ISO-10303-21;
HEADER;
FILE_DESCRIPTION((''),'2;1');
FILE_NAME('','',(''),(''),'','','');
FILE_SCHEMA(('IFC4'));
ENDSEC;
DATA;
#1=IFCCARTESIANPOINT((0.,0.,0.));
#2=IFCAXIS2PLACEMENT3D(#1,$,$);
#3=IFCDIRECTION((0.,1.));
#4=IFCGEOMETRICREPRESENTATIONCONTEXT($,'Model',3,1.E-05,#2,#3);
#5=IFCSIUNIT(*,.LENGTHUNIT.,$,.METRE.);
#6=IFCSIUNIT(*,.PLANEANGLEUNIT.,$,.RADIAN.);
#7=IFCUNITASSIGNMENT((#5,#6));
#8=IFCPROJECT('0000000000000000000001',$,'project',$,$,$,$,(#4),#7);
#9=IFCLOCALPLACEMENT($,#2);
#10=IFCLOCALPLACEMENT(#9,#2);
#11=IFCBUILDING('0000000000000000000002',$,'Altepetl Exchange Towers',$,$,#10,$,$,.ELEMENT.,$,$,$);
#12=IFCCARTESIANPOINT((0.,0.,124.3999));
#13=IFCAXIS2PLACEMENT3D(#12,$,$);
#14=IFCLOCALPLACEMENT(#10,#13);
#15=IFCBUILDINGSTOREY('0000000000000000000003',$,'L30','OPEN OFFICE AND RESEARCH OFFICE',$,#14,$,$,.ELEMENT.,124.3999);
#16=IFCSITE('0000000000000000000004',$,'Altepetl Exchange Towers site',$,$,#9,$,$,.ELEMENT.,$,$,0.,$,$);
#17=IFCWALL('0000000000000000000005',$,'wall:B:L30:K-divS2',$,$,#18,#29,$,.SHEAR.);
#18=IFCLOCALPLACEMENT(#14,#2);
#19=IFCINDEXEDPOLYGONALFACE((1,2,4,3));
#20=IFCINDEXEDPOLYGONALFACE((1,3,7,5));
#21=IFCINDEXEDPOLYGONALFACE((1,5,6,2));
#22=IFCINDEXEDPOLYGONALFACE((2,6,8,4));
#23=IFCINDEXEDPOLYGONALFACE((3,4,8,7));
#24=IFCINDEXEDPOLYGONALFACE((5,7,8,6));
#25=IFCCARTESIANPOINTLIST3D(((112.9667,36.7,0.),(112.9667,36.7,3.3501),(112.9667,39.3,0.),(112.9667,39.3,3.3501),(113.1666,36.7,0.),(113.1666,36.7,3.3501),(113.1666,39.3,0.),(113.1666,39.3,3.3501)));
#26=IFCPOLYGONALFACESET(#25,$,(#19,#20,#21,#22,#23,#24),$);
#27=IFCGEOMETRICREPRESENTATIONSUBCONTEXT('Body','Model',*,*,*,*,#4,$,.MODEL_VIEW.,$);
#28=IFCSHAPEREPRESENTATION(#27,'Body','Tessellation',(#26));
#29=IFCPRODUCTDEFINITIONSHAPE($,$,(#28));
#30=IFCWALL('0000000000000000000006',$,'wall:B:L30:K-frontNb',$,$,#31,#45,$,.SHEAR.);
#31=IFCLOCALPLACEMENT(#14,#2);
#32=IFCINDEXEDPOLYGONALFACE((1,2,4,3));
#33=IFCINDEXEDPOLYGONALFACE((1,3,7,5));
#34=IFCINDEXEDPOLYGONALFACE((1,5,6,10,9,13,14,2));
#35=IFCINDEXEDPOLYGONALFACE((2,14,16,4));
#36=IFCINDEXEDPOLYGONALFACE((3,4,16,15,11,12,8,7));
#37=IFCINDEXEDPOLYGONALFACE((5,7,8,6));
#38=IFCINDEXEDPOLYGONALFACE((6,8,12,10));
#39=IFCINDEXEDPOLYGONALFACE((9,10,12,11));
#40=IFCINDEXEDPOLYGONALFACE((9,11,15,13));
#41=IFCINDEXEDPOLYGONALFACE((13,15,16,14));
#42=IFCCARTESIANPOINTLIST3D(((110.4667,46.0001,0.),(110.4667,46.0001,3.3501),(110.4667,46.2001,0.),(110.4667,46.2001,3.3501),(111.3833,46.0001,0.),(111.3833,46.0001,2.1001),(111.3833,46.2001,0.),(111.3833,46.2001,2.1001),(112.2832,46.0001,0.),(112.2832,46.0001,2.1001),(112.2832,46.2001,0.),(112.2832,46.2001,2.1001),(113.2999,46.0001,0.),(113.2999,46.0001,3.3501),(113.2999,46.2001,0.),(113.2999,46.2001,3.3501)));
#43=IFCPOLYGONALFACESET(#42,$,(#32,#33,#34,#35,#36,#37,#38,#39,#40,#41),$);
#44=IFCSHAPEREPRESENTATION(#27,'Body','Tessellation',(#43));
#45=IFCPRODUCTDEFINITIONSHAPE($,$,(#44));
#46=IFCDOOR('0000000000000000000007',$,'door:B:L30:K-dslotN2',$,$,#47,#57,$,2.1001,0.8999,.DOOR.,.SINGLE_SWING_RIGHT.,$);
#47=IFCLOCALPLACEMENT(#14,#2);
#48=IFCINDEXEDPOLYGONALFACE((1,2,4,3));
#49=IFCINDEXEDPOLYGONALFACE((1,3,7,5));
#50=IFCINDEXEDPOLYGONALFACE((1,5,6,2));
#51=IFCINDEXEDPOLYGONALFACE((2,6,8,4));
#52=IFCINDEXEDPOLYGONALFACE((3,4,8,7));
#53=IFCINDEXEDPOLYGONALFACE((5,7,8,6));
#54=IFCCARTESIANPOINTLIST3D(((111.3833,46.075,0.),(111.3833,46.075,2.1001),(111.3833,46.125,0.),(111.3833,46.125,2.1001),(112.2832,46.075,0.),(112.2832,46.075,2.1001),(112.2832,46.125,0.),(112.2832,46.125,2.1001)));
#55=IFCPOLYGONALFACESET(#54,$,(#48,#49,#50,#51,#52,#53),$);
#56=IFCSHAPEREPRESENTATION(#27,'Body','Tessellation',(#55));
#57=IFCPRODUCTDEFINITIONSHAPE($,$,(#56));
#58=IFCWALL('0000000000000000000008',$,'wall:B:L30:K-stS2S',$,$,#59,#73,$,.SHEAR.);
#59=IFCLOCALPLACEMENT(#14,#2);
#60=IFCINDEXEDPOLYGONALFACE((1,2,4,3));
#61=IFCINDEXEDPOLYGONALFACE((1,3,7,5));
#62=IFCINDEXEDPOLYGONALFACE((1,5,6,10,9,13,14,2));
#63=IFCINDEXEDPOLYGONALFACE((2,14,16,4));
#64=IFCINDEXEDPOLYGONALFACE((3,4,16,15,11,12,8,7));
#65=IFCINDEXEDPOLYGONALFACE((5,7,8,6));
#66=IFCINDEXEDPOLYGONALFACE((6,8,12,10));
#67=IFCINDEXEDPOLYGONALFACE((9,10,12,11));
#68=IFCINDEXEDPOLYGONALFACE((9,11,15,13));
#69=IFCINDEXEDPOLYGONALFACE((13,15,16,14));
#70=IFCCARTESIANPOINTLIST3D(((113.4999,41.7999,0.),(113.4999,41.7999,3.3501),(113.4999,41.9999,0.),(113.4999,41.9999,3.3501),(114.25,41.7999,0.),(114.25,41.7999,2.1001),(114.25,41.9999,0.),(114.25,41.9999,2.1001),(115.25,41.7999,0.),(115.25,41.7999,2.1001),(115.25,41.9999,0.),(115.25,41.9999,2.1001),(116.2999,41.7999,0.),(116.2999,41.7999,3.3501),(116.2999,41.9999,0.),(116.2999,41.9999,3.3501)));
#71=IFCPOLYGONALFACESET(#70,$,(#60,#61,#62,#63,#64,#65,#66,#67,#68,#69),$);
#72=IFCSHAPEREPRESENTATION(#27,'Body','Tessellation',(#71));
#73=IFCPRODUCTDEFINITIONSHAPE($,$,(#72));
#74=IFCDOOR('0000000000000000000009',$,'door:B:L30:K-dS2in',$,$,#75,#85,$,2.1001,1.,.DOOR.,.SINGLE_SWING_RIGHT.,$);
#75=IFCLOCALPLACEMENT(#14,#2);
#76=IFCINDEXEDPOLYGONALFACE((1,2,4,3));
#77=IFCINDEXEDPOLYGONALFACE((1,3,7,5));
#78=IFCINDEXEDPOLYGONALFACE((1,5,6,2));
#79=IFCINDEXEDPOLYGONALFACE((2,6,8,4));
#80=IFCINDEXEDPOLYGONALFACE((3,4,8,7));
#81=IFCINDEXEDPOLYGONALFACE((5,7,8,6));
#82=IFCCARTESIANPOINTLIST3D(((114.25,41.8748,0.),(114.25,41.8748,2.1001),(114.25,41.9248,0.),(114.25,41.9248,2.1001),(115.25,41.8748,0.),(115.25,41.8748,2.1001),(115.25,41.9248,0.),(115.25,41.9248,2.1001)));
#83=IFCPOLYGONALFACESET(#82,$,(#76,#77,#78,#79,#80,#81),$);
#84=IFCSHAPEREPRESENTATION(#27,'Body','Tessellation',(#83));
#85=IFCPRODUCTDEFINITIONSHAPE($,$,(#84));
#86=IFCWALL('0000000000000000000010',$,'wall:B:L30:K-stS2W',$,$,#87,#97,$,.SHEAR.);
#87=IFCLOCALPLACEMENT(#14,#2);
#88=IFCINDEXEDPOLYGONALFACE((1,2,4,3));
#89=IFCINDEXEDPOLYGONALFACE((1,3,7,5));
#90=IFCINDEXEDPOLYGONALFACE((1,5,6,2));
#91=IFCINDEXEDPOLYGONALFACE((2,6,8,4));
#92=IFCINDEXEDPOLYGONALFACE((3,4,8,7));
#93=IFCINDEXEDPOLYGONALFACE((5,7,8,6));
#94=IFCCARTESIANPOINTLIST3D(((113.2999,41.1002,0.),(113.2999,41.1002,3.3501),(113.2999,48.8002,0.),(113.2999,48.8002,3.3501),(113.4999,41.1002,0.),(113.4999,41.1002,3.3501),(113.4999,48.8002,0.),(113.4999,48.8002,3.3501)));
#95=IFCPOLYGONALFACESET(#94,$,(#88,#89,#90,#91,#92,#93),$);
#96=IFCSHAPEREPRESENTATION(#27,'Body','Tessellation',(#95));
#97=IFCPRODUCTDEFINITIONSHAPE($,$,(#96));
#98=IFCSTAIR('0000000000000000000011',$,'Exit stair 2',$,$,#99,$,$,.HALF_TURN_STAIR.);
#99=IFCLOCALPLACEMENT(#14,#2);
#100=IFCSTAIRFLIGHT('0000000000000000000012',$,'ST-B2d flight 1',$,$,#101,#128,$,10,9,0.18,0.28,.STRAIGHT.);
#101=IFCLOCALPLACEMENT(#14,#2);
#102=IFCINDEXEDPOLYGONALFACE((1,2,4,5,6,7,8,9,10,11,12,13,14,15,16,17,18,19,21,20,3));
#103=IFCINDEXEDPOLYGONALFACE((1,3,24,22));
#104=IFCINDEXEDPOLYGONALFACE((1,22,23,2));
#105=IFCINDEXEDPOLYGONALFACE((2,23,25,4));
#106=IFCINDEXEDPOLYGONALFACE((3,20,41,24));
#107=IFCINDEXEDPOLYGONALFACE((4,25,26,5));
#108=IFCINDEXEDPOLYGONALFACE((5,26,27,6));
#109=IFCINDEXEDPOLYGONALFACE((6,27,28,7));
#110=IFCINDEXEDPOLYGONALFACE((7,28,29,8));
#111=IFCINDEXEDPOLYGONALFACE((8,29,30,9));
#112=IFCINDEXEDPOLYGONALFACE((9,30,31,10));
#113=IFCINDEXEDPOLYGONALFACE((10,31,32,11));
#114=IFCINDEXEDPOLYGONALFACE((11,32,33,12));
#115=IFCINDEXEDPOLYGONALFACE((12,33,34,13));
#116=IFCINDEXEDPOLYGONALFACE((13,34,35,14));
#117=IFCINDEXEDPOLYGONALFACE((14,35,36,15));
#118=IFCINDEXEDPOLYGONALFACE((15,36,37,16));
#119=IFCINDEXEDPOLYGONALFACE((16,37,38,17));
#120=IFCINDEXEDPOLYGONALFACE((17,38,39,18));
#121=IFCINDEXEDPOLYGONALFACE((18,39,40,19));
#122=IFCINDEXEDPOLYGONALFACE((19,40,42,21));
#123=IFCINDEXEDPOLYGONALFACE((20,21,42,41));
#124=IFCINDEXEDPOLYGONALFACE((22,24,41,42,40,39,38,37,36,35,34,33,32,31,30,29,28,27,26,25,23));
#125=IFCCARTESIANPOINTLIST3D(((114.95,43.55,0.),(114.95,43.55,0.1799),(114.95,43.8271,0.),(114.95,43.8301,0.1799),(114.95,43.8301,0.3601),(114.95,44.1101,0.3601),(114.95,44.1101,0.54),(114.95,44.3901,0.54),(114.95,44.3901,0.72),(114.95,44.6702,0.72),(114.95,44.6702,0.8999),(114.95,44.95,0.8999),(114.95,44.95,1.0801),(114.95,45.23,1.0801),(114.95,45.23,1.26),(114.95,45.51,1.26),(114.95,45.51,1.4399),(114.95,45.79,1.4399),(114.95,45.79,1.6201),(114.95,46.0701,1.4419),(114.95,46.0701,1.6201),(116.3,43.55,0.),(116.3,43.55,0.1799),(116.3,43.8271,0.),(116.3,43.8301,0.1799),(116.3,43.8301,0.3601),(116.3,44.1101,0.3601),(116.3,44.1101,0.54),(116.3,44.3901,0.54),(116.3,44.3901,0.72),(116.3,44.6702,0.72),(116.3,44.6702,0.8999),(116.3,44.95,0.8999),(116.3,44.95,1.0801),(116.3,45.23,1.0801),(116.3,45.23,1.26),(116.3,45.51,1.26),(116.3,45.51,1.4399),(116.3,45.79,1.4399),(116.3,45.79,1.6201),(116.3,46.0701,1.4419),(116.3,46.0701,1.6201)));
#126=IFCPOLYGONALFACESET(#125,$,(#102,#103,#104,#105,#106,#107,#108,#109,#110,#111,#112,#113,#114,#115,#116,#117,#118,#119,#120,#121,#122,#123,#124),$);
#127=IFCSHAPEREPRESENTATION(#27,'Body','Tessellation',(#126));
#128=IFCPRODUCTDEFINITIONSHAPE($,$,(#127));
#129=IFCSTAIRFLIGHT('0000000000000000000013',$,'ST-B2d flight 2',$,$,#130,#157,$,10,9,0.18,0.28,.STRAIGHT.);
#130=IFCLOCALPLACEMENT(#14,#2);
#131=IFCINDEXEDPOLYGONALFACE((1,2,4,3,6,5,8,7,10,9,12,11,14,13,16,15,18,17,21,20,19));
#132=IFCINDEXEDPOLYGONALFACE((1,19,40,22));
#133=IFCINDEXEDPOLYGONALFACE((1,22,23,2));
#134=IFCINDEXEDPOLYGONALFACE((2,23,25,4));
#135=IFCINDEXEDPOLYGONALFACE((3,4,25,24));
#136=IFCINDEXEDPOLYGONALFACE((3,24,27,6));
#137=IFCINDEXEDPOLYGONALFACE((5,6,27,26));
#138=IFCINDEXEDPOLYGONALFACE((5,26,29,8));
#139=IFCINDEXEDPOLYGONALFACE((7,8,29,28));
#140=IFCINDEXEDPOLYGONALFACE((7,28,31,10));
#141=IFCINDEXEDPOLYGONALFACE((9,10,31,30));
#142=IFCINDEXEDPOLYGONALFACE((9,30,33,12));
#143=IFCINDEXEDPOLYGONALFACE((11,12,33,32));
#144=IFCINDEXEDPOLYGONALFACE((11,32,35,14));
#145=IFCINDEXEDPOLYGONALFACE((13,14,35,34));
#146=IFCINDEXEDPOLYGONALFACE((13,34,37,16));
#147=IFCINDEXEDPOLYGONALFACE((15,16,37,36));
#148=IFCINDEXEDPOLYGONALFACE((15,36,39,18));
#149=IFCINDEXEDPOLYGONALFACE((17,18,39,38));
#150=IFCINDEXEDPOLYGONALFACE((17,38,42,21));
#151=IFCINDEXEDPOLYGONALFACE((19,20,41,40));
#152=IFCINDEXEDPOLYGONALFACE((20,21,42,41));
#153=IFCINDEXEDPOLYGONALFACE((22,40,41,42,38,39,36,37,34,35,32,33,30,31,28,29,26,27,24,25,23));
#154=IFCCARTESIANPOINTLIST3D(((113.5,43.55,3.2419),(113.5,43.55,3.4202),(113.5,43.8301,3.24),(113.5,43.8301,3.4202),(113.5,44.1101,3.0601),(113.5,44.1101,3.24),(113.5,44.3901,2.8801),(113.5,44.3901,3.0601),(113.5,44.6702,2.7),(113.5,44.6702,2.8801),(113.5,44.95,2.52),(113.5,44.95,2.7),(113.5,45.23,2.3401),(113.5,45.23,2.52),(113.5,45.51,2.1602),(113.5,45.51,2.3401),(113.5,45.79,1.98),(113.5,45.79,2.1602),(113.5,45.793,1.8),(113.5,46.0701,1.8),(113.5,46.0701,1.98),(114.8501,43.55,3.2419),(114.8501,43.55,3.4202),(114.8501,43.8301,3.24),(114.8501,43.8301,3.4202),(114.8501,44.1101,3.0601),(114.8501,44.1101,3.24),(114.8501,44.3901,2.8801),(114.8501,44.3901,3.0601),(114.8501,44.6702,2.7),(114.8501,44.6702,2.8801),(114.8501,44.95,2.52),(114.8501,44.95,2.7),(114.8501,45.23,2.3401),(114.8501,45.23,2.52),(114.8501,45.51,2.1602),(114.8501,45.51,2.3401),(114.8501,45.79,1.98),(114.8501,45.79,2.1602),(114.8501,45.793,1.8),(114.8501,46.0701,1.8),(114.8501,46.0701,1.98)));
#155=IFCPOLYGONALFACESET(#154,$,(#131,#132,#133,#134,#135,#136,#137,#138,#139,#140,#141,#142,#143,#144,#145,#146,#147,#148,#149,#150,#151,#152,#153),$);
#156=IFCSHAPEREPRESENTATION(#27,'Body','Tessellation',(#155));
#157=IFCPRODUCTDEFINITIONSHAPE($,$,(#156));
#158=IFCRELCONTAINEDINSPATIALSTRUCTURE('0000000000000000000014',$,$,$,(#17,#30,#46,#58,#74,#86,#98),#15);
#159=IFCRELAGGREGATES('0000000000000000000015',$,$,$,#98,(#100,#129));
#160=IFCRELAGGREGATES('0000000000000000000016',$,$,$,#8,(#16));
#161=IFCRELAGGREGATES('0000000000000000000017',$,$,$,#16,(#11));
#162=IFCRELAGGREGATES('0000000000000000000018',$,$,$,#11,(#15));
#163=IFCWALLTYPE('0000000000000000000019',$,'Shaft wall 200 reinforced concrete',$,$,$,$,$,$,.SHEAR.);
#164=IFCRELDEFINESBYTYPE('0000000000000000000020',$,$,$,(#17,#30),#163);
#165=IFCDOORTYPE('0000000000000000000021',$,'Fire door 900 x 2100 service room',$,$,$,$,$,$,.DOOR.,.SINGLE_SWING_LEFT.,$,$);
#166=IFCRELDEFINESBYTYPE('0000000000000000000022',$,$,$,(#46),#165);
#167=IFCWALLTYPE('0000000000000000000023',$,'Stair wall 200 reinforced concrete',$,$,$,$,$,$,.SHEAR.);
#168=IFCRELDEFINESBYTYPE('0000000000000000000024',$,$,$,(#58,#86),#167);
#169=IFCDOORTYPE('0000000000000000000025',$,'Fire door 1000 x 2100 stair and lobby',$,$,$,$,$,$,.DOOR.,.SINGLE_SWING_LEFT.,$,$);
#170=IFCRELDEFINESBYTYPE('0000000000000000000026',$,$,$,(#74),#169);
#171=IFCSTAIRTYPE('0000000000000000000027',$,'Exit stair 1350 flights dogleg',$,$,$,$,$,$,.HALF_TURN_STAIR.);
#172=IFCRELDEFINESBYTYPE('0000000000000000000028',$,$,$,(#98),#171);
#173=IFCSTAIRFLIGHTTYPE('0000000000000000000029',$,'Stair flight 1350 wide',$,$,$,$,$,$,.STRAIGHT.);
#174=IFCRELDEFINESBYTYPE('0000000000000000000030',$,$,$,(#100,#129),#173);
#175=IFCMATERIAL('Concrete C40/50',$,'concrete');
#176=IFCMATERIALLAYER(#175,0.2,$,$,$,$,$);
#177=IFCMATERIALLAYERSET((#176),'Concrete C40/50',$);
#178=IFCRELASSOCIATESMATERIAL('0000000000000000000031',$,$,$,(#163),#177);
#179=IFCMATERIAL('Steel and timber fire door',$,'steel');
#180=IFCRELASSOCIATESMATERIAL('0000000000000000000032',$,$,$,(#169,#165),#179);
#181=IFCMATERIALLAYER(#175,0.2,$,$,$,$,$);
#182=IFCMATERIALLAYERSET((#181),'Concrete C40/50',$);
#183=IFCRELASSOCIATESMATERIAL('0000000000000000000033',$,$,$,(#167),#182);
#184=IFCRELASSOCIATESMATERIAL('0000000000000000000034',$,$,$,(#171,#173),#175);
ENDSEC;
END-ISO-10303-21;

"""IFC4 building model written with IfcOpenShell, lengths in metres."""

from ifc_helpers import new_model, si_unit, direction, frame, frame_2d, origin, place, context, subcontext, project, spatial, polyline, rectangle, outline, extrude, material, layer, layer_set, type_object, element, fill, aggregate, save


model = new_model("IFC4")

# Units and contexts
model_context = context("Model", 3, precision=1e-05, world=origin(), true_north=direction((0.0, 1.0)))
body_context = subcontext(model_context, "Body", "Model", "MODEL_VIEW")
ifc_project = project(units=[si_unit("LENGTHUNIT", "METRE"), si_unit("PLANEANGLEUNIT", "RADIAN")], contexts=[model_context])

# Site, building, storey
site_placement = place(None, origin())
site = spatial("IfcSite", under=ifc_project, at=site_placement, Name="Altepetl Exchange Towers site", CompositionType="ELEMENT", RefElevation=0.0)
building_placement = place(site_placement, origin())
building = spatial("IfcBuilding", under=site, at=building_placement, Name="Altepetl Exchange Towers", CompositionType="ELEMENT")
storey_placement = place(building_placement, frame((0.0, 0.0, 124.3999)))
storey = spatial("IfcBuildingStorey", under=building, at=storey_placement, Name="L30", Description="OPEN OFFICE AND RESEARCH OFFICE", CompositionType="ELEMENT", Elevation=124.3999)

# Shared definitions
ifc_material_1 = material(Name="Concrete C40/50", Category="concrete")
ifc_layer_1 = layer(ifc_material_1, 0.2)
ifc_layer_set_1 = layer_set([ifc_layer_1], Name="Concrete C40/50")
wall_type_1 = type_object("IfcWallType", Name="Shaft wall 200 reinforced concrete", PredefinedType="SHEAR", material=ifc_layer_set_1)
ifc_material_2 = material(Name="Steel and timber fire door", Category="steel")
door_type_1 = type_object("IfcDoorType", Name="Fire door 1000 x 2100 stair and lobby", OperationType="SINGLE_SWING_LEFT", PredefinedType="DOOR", material=ifc_material_2)

# Wall
wall_1_placement = place(storey_placement, frame((113.0667, 36.7, 0.0), z_axis=(0.0, 0.0, 1.0), x_axis=(0.0, 1.0, 0.0)))
element("IfcWall", 1, at=wall_1_placement, inside=storey, type_object=wall_type_1, Name="wall:B:L30:K-divS2", PredefinedType="SHEAR", context=body_context, shape_type="SweptSolid", body=[
    extrude(rectangle(XDim=2.6001, YDim=0.2, at=frame_2d((1.3, 0.0))), origin(), (0.0, 0.0, 1.0), 3.3501),
])

# Walls, openings, doors
wall_2_placement = place(storey_placement, frame((110.4668, 46.1001, 0.0)))
wall_2 = element("IfcWall", 2, at=wall_2_placement, inside=storey, type_object=wall_type_1, Name="wall:B:L30:K-frontNb", PredefinedType="SHEAR", context=body_context, shape_type="SweptSolid", body=[
    extrude(rectangle(XDim=2.8333, YDim=0.2, at=frame_2d((1.4165, 0.0))), origin(), (0.0, 0.0, 1.0), 3.3501),
])
opening_1_placement = place(wall_2_placement, frame((0.9165, 0.0, 0.0)))
opening_1 = element("IfcOpeningElement", 3, at=opening_1_placement, cuts=wall_2, PredefinedType="OPENING", context=body_context, shape_type="SweptSolid", body=[
    extrude(rectangle(XDim=0.8999, YDim=2.1001, at=frame_2d((0.45, 1.05))), frame((0.0, 0.1099, 0.0), z_axis=(0.0, -1.0, 0.0), x_axis=(1.0, 0.0, 0.0)), (0.0, 0.0, 1.0), 0.22),
])
door_type_2 = type_object("IfcDoorType", Name="Fire door 900 x 2100 service room", OperationType="SINGLE_SWING_LEFT", PredefinedType="DOOR", material=ifc_material_2)
door_1_placement = place(opening_1_placement, origin())
door_1 = element("IfcDoor", 4, at=door_1_placement, inside=storey, type_object=door_type_2, Name="door:B:L30:K-dslotN2", OperationType="SINGLE_SWING_RIGHT", OverallHeight=2.1001, OverallWidth=0.8999, PredefinedType="DOOR", context=body_context, shape_type="SweptSolid", body=[
    extrude(rectangle(XDim=0.8999, YDim=2.1001, at=frame_2d((0.45, 1.05))), frame((0.0, 0.0249, 0.0), z_axis=(0.0, -1.0, 0.0), x_axis=(1.0, 0.0, 0.0)), (0.0, 0.0, 1.0), 0.05),
])
fill(opening_1, door_1)
ifc_layer_2 = layer(ifc_material_1, 0.2)
ifc_layer_set_2 = layer_set([ifc_layer_2], Name="Concrete C40/50")
wall_type_2 = type_object("IfcWallType", Name="Stair wall 200 reinforced concrete", PredefinedType="SHEAR", material=ifc_layer_set_2)
wall_3_placement = place(storey_placement, frame((113.5, 41.8999, 0.0)))
wall_3 = element("IfcWall", 5, at=wall_3_placement, inside=storey, type_object=wall_type_2, Name="wall:B:L30:K-stS2S", PredefinedType="SHEAR", context=body_context, shape_type="SweptSolid", body=[
    extrude(rectangle(XDim=2.8, YDim=0.2, at=frame_2d((1.3999, 0.0))), origin(), (0.0, 0.0, 1.0), 3.3501),
])
opening_2_placement = place(wall_3_placement, frame((0.75, 0.0, 0.0)))
opening_2 = element("IfcOpeningElement", 6, at=opening_2_placement, cuts=wall_3, PredefinedType="OPENING", context=body_context, shape_type="SweptSolid", body=[
    extrude(rectangle(XDim=1.0, YDim=2.1001, at=frame_2d((0.5, 1.05))), frame((0.0, 0.1099, 0.0), z_axis=(0.0, -1.0, 0.0), x_axis=(1.0, 0.0, 0.0)), (0.0, 0.0, 1.0), 0.22),
])
door_2_placement = place(opening_2_placement, origin())
door_2 = element("IfcDoor", 7, at=door_2_placement, inside=storey, type_object=door_type_1, Name="door:B:L30:K-dS2in", OperationType="SINGLE_SWING_RIGHT", OverallHeight=2.1001, OverallWidth=1.0, PredefinedType="DOOR", context=body_context, shape_type="SweptSolid", body=[
    extrude(rectangle(XDim=1.0, YDim=2.1001, at=frame_2d((0.5, 1.05))), frame((0.0, 0.0249, 0.0), z_axis=(0.0, -1.0, 0.0), x_axis=(1.0, 0.0, 0.0)), (0.0, 0.0, 1.0), 0.05),
])
fill(opening_2, door_2)

# Wall
wall_4_placement = place(storey_placement, frame((113.3999, 41.1001, 0.0), z_axis=(0.0, 0.0, 1.0), x_axis=(0.0, 1.0, 0.0)))
element("IfcWall", 8, at=wall_4_placement, inside=storey, type_object=wall_type_2, Name="wall:B:L30:K-stS2W", PredefinedType="SHEAR", context=body_context, shape_type="SweptSolid", body=[
    extrude(rectangle(XDim=7.7, YDim=0.2, at=frame_2d((3.8501, 0.0))), origin(), (0.0, 0.0, 1.0), 3.3501),
])

# Stair, stair flights
stair_type = type_object("IfcStairType", Name="Exit stair 1350 flights dogleg", PredefinedType="HALF_TURN_STAIR", material=ifc_material_1)
stair_placement = place(storey_placement, origin())
stair = element("IfcStair", 9, at=stair_placement, inside=storey, type_object=stair_type, Name="Exit stair 2", PredefinedType="HALF_TURN_STAIR")
stair_flight_type = type_object("IfcStairFlightType", Name="Stair flight 1350 wide", PredefinedType="STRAIGHT", material=ifc_material_1)
stair_flight_1_placement = place(storey_placement, frame((115.625, 43.55, 0.0), z_axis=(0.0, 0.0, 1.0), x_axis=(0.0, 1.0, 0.0)))
stair_flight_1 = element("IfcStairFlight", 10, at=stair_flight_1_placement, type_object=stair_flight_type, Name="ST-B2d flight 1", NumberOfRisers=10, NumberOfTreads=9, PredefinedType="STRAIGHT", RiserHeight=0.18, TreadLength=0.28, context=body_context, shape_type="SweptSolid", body=[
    extrude(outline(polyline([(0.0, 0.0), (0.0, 0.1799), (0.28, 0.1799), (0.28, 0.3601), (0.5601, 0.3601), (0.5601, 0.54), (0.8401, 0.54), (0.8401, 0.72), (1.1201, 0.72), (1.1201, 0.8999), (1.3999, 0.8999), (1.3999, 1.0801), (1.6799, 1.0801), (1.6799, 1.26), (1.96, 1.26), (1.96, 1.4399), (2.24, 1.4399), (2.24, 1.6201), (2.52, 1.6201), (2.52, 1.8), (2.52, 1.4419), (0.2771, 0.0), (0.0, 0.0)])), frame((0.0, 0.675, 0.0), z_axis=(0.0, -1.0, 0.0), x_axis=(1.0, 0.0, 0.0)), (0.0, 0.0, 1.0), 1.3501),
])
stair_flight_2_placement = place(storey_placement, frame((114.175, 46.0701, 1.8), z_axis=(0.0, 0.0, 1.0), x_axis=(0.0, -1.0, 0.0)))
stair_flight_2 = element("IfcStairFlight", 11, at=stair_flight_2_placement, type_object=stair_flight_type, Name="ST-B2d flight 2", NumberOfRisers=10, NumberOfTreads=9, PredefinedType="STRAIGHT", RiserHeight=0.18, TreadLength=0.28, context=body_context, shape_type="SweptSolid", body=[
    extrude(outline(polyline([(0.0, 0.0), (0.0, 0.1799), (0.28, 0.1799), (0.28, 0.3601), (0.5601, 0.3601), (0.5601, 0.54), (0.8401, 0.54), (0.8401, 0.72), (1.1201, 0.72), (1.1201, 0.8999), (1.3999, 0.8999), (1.3999, 1.0801), (1.6799, 1.0801), (1.6799, 1.26), (1.96, 1.26), (1.96, 1.4399), (2.24, 1.4399), (2.24, 1.6201), (2.52, 1.6201), (2.52, 1.8), (2.52, 1.4419), (0.2771, 0.0), (0.0, 0.0)])), frame((0.0, 0.675, 0.0), z_axis=(0.0, -1.0, 0.0), x_axis=(1.0, 0.0, 0.0)), (0.0, 0.0, 1.0), 1.3501),
])
aggregate(stair, [stair_flight_1, stair_flight_2])

save(model, "model.ifc")
